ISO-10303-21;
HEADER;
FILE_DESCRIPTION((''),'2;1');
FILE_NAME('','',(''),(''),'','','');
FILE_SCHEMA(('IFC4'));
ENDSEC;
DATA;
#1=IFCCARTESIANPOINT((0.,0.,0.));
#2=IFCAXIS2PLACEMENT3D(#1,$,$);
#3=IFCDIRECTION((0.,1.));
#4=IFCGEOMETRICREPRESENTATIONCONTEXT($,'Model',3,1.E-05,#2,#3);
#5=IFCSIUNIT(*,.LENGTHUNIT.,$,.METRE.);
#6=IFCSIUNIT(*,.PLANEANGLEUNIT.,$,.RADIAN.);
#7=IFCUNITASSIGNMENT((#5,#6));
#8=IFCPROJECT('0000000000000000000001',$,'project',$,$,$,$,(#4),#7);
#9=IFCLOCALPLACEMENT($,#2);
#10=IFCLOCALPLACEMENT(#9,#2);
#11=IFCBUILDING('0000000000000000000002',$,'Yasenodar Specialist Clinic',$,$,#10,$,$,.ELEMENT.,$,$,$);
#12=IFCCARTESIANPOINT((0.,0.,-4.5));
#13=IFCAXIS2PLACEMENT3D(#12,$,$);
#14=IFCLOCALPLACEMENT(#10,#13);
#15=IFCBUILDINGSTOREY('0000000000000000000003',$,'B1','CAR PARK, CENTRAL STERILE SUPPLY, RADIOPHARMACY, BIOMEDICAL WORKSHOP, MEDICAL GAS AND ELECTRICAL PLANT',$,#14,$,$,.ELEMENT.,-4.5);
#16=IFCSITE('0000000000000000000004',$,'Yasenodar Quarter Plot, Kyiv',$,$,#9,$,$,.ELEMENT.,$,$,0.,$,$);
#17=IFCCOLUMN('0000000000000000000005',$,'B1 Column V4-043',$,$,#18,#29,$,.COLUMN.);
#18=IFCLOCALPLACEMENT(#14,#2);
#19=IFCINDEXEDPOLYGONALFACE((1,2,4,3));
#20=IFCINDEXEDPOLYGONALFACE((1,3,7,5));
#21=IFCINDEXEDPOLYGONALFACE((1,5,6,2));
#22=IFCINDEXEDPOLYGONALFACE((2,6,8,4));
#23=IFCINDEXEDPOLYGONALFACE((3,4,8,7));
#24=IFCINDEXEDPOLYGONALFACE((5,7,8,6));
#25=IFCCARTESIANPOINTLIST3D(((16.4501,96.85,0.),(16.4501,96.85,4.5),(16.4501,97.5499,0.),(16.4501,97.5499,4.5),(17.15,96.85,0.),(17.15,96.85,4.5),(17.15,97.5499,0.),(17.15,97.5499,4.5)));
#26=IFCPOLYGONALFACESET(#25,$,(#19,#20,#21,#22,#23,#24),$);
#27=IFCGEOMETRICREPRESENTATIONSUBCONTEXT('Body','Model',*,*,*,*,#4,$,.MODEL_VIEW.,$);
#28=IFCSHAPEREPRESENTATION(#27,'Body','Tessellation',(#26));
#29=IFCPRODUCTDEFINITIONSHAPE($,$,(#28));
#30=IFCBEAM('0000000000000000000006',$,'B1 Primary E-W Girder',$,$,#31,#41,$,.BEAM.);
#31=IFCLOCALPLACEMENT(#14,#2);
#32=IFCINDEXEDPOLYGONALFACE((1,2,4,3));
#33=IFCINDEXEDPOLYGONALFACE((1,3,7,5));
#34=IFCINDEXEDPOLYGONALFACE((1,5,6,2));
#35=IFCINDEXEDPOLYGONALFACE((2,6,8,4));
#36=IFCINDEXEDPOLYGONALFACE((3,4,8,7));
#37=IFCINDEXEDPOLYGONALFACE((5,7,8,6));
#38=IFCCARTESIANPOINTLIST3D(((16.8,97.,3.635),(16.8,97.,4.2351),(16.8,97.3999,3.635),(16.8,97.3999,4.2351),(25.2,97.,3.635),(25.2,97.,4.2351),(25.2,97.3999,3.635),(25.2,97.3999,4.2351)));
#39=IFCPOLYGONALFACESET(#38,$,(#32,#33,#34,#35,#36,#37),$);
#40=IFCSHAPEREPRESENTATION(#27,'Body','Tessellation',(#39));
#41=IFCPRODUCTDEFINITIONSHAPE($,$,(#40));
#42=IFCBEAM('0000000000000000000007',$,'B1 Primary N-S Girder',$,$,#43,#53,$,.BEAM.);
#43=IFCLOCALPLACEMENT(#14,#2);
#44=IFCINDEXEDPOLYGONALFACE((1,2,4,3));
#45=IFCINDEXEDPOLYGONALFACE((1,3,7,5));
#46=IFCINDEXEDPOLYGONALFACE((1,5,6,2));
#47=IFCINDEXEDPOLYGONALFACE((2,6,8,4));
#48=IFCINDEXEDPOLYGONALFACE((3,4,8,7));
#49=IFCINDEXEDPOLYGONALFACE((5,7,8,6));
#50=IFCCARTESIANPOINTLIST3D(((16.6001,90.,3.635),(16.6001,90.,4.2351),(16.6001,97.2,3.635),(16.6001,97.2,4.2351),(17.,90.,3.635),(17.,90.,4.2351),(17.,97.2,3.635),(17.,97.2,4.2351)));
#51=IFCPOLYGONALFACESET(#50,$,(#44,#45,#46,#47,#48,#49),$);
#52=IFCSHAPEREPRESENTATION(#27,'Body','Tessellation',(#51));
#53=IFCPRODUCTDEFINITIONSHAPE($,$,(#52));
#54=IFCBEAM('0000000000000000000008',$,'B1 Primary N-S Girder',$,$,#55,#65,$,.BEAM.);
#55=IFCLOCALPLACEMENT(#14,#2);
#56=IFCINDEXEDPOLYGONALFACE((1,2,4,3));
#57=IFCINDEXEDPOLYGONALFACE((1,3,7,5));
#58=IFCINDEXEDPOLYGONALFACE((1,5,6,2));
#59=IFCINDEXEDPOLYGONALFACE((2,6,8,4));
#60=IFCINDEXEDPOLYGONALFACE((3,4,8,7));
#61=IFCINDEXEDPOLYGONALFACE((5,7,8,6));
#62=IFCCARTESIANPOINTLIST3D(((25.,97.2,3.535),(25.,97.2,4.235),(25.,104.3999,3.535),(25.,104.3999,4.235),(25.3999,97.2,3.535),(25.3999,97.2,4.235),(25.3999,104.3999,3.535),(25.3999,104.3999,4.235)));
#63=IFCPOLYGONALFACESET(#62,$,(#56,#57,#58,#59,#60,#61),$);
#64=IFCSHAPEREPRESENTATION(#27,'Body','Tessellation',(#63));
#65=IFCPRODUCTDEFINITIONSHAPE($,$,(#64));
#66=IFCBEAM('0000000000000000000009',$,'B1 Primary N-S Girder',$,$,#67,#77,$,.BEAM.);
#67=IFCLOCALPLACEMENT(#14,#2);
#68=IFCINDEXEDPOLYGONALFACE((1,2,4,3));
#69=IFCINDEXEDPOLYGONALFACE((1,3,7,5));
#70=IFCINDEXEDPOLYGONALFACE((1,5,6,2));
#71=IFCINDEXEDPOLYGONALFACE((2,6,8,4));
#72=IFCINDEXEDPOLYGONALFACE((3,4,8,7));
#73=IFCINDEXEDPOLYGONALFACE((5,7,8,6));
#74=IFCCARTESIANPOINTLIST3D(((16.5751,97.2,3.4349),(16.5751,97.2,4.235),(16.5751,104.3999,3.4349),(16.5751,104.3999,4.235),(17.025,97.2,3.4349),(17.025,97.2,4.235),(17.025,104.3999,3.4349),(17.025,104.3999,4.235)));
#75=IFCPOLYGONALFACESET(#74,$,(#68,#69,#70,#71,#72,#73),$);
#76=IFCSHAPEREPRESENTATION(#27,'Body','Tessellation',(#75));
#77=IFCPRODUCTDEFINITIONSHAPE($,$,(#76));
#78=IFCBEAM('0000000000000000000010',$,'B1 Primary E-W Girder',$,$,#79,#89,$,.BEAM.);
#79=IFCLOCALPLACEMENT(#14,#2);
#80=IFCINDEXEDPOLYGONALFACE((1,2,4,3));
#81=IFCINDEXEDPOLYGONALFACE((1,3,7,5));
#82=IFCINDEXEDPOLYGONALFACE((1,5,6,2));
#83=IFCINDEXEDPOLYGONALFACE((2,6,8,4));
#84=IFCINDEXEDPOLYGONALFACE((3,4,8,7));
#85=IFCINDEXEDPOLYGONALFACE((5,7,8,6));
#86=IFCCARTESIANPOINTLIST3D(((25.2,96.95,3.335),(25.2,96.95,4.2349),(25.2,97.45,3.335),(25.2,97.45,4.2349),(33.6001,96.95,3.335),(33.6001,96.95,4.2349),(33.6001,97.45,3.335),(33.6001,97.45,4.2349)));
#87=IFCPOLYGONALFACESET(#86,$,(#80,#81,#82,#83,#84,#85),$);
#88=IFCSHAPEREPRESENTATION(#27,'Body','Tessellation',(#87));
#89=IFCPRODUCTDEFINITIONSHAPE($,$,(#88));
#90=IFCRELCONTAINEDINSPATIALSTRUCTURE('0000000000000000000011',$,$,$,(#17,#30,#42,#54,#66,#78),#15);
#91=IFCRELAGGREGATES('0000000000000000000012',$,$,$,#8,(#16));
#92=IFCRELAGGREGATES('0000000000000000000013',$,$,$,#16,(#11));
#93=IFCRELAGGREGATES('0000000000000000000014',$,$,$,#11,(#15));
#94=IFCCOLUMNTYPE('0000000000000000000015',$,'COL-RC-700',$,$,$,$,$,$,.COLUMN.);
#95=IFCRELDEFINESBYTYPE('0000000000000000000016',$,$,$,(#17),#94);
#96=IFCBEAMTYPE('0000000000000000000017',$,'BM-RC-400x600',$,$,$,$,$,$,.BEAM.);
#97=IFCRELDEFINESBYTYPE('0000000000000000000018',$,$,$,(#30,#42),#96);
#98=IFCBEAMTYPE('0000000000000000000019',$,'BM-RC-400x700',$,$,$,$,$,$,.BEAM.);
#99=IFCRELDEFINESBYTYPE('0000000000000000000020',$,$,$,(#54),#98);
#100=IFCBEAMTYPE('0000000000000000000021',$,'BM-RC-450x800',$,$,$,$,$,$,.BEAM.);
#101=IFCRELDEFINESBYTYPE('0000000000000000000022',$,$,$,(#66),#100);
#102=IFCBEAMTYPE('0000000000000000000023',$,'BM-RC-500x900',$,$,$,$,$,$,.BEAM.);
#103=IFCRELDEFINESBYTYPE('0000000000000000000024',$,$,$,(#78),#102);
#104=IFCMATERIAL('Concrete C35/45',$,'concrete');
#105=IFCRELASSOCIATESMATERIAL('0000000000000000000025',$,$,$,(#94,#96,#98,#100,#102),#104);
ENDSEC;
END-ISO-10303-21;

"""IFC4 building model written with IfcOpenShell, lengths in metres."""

from ifc_helpers import new_model, si_unit, direction, frame, origin, origin_2d, place, context, subcontext, project, spatial, rectangle, extrude, material, material_profile, profile_set, type_object, element, save


model = new_model("IFC4")

# Units and contexts
model_context = context("Model", 3, precision=1e-05, world=origin(), true_north=direction((0.0, 1.0)))
body_context = subcontext(model_context, "Body", "Model", "MODEL_VIEW")
ifc_project = project(units=[si_unit("LENGTHUNIT", "METRE"), si_unit("PLANEANGLEUNIT", "RADIAN")], contexts=[model_context])

# Site, building, storey
site_placement = place(None, origin())
site = spatial("IfcSite", under=ifc_project, at=site_placement, Name="Yasenodar Quarter Plot, Kyiv", CompositionType="ELEMENT", RefElevation=0.0)
building_placement = place(site_placement, origin())
building = spatial("IfcBuilding", under=site, at=building_placement, Name="Yasenodar Specialist Clinic", CompositionType="ELEMENT")
storey_placement = place(building_placement, frame((0.0, 0.0, -4.5)))
storey = spatial("IfcBuildingStorey", under=building, at=storey_placement, Name="B1", Description="CAR PARK, CENTRAL STERILE SUPPLY, RADIOPHARMACY, BIOMEDICAL WORKSHOP, MEDICAL GAS AND ELECTRICAL PLANT", CompositionType="ELEMENT", Elevation=-4.5)

# Shared definitions
ifc_material_1 = material(Name="Concrete C35/45", Category="concrete")

# Column
ifc_material_profile_1 = material_profile(ifc_material_1, rectangle(XDim=0.7, YDim=0.7, at=origin_2d()), Name="RC 700x700")
ifc_profile_set_1 = profile_set([ifc_material_profile_1], Name="Concrete C35/45")
column_type_1 = type_object("IfcColumnType", Name="COL-RC-700", PredefinedType="COLUMN", material=ifc_profile_set_1)
for number, where, z_axis, x_axis, name in (
    (1, (16.8, 97.2, 0.0), (0.0, 0.0, 1.0), (1.0, 0.0, 0.0), "B1 Column V4-043"),
):
    element("IfcColumn", number, at=place(storey_placement, frame(where, z_axis=z_axis, x_axis=x_axis)), inside=storey, type_object=column_type_1, Name=name, PredefinedType="COLUMN", context=body_context, shape_type="SweptSolid", body=[
        extrude(rectangle(XDim=0.7, YDim=0.7, at=origin_2d()), origin(), (0.0, 0.0, 1.0), 4.5),
    ])

# Beams
ifc_material_profile_2 = material_profile(ifc_material_1, rectangle(XDim=0.3999, YDim=0.6001, at=origin_2d()), Name="RC 400x600")
ifc_profile_set_2 = profile_set([ifc_material_profile_2], Name="Concrete C35/45")
beam_type_1 = type_object("IfcBeamType", Name="BM-RC-400x600", PredefinedType="BEAM", material=ifc_profile_set_2)
beam_1_placement = place(storey_placement, frame((16.8, 97.2, 3.9351), z_axis=(1.0, 0.0, 0.0), x_axis=(0.0, 1.0, 0.0)))
element("IfcBeam", 2, at=beam_1_placement, inside=storey, type_object=beam_type_1, Name="B1 Primary E-W Girder", PredefinedType="BEAM", context=body_context, shape_type="SweptSolid", body=[
    extrude(rectangle(XDim=0.3999, YDim=0.6001, at=origin_2d()), origin(), (0.0, 0.0, 1.0), 8.3999),
])
beam_2_placement = place(storey_placement, frame((16.8, 90.0, 3.9351), z_axis=(0.0, 1.0, 0.0), x_axis=(-1.0, 0.0, 0.0)))
element("IfcBeam", 3, at=beam_2_placement, inside=storey, type_object=beam_type_1, Name="B1 Primary N-S Girder", PredefinedType="BEAM", context=body_context, shape_type="SweptSolid", body=[
    extrude(rectangle(XDim=0.3999, YDim=0.6001, at=origin_2d()), origin(), (0.0, 0.0, 1.0), 7.2),
])
ifc_material_profile_3 = material_profile(ifc_material_1, rectangle(XDim=0.3999, YDim=0.7, at=origin_2d()), Name="RC 400x700")
ifc_profile_set_3 = profile_set([ifc_material_profile_3], Name="Concrete C35/45")
beam_type_2 = type_object("IfcBeamType", Name="BM-RC-400x700", PredefinedType="BEAM", material=ifc_profile_set_3)
beam_3_placement = place(storey_placement, frame((25.2, 97.2, 3.885), z_axis=(0.0, 1.0, 0.0), x_axis=(-1.0, 0.0, 0.0)))
element("IfcBeam", 4, at=beam_3_placement, inside=storey, type_object=beam_type_2, Name="B1 Primary N-S Girder", PredefinedType="BEAM", context=body_context, shape_type="SweptSolid", body=[
    extrude(rectangle(XDim=0.3999, YDim=0.7, at=origin_2d()), origin(), (0.0, 0.0, 1.0), 7.2),
])
ifc_material_profile_4 = material_profile(ifc_material_1, rectangle(XDim=0.45, YDim=0.8, at=origin_2d()), Name="RC 450x800")
ifc_profile_set_4 = profile_set([ifc_material_profile_4], Name="Concrete C35/45")
beam_type_3 = type_object("IfcBeamType", Name="BM-RC-450x800", PredefinedType="BEAM", material=ifc_profile_set_4)
beam_4_placement = place(storey_placement, frame((16.8, 97.2, 3.835), z_axis=(0.0, 1.0, 0.0), x_axis=(-1.0, 0.0, 0.0)))
element("IfcBeam", 5, at=beam_4_placement, inside=storey, type_object=beam_type_3, Name="B1 Primary N-S Girder", PredefinedType="BEAM", context=body_context, shape_type="SweptSolid", body=[
    extrude(rectangle(XDim=0.45, YDim=0.8, at=origin_2d()), origin(), (0.0, 0.0, 1.0), 7.2),
])
ifc_material_profile_5 = material_profile(ifc_material_1, rectangle(XDim=0.5, YDim=0.8999, at=origin_2d()), Name="RC 500x900")
ifc_profile_set_5 = profile_set([ifc_material_profile_5], Name="Concrete C35/45")
beam_type_4 = type_object("IfcBeamType", Name="BM-RC-500x900", PredefinedType="BEAM", material=ifc_profile_set_5)
beam_5_placement = place(storey_placement, frame((25.2, 97.2, 3.7849), z_axis=(1.0, 0.0, 0.0), x_axis=(0.0, 1.0, 0.0)))
element("IfcBeam", 6, at=beam_5_placement, inside=storey, type_object=beam_type_4, Name="B1 Primary E-W Girder", PredefinedType="BEAM", context=body_context, shape_type="SweptSolid", body=[
    extrude(rectangle(XDim=0.5, YDim=0.8999, at=origin_2d()), origin(), (0.0, 0.0, 1.0), 8.4001),
])

save(model, "model.ifc")
